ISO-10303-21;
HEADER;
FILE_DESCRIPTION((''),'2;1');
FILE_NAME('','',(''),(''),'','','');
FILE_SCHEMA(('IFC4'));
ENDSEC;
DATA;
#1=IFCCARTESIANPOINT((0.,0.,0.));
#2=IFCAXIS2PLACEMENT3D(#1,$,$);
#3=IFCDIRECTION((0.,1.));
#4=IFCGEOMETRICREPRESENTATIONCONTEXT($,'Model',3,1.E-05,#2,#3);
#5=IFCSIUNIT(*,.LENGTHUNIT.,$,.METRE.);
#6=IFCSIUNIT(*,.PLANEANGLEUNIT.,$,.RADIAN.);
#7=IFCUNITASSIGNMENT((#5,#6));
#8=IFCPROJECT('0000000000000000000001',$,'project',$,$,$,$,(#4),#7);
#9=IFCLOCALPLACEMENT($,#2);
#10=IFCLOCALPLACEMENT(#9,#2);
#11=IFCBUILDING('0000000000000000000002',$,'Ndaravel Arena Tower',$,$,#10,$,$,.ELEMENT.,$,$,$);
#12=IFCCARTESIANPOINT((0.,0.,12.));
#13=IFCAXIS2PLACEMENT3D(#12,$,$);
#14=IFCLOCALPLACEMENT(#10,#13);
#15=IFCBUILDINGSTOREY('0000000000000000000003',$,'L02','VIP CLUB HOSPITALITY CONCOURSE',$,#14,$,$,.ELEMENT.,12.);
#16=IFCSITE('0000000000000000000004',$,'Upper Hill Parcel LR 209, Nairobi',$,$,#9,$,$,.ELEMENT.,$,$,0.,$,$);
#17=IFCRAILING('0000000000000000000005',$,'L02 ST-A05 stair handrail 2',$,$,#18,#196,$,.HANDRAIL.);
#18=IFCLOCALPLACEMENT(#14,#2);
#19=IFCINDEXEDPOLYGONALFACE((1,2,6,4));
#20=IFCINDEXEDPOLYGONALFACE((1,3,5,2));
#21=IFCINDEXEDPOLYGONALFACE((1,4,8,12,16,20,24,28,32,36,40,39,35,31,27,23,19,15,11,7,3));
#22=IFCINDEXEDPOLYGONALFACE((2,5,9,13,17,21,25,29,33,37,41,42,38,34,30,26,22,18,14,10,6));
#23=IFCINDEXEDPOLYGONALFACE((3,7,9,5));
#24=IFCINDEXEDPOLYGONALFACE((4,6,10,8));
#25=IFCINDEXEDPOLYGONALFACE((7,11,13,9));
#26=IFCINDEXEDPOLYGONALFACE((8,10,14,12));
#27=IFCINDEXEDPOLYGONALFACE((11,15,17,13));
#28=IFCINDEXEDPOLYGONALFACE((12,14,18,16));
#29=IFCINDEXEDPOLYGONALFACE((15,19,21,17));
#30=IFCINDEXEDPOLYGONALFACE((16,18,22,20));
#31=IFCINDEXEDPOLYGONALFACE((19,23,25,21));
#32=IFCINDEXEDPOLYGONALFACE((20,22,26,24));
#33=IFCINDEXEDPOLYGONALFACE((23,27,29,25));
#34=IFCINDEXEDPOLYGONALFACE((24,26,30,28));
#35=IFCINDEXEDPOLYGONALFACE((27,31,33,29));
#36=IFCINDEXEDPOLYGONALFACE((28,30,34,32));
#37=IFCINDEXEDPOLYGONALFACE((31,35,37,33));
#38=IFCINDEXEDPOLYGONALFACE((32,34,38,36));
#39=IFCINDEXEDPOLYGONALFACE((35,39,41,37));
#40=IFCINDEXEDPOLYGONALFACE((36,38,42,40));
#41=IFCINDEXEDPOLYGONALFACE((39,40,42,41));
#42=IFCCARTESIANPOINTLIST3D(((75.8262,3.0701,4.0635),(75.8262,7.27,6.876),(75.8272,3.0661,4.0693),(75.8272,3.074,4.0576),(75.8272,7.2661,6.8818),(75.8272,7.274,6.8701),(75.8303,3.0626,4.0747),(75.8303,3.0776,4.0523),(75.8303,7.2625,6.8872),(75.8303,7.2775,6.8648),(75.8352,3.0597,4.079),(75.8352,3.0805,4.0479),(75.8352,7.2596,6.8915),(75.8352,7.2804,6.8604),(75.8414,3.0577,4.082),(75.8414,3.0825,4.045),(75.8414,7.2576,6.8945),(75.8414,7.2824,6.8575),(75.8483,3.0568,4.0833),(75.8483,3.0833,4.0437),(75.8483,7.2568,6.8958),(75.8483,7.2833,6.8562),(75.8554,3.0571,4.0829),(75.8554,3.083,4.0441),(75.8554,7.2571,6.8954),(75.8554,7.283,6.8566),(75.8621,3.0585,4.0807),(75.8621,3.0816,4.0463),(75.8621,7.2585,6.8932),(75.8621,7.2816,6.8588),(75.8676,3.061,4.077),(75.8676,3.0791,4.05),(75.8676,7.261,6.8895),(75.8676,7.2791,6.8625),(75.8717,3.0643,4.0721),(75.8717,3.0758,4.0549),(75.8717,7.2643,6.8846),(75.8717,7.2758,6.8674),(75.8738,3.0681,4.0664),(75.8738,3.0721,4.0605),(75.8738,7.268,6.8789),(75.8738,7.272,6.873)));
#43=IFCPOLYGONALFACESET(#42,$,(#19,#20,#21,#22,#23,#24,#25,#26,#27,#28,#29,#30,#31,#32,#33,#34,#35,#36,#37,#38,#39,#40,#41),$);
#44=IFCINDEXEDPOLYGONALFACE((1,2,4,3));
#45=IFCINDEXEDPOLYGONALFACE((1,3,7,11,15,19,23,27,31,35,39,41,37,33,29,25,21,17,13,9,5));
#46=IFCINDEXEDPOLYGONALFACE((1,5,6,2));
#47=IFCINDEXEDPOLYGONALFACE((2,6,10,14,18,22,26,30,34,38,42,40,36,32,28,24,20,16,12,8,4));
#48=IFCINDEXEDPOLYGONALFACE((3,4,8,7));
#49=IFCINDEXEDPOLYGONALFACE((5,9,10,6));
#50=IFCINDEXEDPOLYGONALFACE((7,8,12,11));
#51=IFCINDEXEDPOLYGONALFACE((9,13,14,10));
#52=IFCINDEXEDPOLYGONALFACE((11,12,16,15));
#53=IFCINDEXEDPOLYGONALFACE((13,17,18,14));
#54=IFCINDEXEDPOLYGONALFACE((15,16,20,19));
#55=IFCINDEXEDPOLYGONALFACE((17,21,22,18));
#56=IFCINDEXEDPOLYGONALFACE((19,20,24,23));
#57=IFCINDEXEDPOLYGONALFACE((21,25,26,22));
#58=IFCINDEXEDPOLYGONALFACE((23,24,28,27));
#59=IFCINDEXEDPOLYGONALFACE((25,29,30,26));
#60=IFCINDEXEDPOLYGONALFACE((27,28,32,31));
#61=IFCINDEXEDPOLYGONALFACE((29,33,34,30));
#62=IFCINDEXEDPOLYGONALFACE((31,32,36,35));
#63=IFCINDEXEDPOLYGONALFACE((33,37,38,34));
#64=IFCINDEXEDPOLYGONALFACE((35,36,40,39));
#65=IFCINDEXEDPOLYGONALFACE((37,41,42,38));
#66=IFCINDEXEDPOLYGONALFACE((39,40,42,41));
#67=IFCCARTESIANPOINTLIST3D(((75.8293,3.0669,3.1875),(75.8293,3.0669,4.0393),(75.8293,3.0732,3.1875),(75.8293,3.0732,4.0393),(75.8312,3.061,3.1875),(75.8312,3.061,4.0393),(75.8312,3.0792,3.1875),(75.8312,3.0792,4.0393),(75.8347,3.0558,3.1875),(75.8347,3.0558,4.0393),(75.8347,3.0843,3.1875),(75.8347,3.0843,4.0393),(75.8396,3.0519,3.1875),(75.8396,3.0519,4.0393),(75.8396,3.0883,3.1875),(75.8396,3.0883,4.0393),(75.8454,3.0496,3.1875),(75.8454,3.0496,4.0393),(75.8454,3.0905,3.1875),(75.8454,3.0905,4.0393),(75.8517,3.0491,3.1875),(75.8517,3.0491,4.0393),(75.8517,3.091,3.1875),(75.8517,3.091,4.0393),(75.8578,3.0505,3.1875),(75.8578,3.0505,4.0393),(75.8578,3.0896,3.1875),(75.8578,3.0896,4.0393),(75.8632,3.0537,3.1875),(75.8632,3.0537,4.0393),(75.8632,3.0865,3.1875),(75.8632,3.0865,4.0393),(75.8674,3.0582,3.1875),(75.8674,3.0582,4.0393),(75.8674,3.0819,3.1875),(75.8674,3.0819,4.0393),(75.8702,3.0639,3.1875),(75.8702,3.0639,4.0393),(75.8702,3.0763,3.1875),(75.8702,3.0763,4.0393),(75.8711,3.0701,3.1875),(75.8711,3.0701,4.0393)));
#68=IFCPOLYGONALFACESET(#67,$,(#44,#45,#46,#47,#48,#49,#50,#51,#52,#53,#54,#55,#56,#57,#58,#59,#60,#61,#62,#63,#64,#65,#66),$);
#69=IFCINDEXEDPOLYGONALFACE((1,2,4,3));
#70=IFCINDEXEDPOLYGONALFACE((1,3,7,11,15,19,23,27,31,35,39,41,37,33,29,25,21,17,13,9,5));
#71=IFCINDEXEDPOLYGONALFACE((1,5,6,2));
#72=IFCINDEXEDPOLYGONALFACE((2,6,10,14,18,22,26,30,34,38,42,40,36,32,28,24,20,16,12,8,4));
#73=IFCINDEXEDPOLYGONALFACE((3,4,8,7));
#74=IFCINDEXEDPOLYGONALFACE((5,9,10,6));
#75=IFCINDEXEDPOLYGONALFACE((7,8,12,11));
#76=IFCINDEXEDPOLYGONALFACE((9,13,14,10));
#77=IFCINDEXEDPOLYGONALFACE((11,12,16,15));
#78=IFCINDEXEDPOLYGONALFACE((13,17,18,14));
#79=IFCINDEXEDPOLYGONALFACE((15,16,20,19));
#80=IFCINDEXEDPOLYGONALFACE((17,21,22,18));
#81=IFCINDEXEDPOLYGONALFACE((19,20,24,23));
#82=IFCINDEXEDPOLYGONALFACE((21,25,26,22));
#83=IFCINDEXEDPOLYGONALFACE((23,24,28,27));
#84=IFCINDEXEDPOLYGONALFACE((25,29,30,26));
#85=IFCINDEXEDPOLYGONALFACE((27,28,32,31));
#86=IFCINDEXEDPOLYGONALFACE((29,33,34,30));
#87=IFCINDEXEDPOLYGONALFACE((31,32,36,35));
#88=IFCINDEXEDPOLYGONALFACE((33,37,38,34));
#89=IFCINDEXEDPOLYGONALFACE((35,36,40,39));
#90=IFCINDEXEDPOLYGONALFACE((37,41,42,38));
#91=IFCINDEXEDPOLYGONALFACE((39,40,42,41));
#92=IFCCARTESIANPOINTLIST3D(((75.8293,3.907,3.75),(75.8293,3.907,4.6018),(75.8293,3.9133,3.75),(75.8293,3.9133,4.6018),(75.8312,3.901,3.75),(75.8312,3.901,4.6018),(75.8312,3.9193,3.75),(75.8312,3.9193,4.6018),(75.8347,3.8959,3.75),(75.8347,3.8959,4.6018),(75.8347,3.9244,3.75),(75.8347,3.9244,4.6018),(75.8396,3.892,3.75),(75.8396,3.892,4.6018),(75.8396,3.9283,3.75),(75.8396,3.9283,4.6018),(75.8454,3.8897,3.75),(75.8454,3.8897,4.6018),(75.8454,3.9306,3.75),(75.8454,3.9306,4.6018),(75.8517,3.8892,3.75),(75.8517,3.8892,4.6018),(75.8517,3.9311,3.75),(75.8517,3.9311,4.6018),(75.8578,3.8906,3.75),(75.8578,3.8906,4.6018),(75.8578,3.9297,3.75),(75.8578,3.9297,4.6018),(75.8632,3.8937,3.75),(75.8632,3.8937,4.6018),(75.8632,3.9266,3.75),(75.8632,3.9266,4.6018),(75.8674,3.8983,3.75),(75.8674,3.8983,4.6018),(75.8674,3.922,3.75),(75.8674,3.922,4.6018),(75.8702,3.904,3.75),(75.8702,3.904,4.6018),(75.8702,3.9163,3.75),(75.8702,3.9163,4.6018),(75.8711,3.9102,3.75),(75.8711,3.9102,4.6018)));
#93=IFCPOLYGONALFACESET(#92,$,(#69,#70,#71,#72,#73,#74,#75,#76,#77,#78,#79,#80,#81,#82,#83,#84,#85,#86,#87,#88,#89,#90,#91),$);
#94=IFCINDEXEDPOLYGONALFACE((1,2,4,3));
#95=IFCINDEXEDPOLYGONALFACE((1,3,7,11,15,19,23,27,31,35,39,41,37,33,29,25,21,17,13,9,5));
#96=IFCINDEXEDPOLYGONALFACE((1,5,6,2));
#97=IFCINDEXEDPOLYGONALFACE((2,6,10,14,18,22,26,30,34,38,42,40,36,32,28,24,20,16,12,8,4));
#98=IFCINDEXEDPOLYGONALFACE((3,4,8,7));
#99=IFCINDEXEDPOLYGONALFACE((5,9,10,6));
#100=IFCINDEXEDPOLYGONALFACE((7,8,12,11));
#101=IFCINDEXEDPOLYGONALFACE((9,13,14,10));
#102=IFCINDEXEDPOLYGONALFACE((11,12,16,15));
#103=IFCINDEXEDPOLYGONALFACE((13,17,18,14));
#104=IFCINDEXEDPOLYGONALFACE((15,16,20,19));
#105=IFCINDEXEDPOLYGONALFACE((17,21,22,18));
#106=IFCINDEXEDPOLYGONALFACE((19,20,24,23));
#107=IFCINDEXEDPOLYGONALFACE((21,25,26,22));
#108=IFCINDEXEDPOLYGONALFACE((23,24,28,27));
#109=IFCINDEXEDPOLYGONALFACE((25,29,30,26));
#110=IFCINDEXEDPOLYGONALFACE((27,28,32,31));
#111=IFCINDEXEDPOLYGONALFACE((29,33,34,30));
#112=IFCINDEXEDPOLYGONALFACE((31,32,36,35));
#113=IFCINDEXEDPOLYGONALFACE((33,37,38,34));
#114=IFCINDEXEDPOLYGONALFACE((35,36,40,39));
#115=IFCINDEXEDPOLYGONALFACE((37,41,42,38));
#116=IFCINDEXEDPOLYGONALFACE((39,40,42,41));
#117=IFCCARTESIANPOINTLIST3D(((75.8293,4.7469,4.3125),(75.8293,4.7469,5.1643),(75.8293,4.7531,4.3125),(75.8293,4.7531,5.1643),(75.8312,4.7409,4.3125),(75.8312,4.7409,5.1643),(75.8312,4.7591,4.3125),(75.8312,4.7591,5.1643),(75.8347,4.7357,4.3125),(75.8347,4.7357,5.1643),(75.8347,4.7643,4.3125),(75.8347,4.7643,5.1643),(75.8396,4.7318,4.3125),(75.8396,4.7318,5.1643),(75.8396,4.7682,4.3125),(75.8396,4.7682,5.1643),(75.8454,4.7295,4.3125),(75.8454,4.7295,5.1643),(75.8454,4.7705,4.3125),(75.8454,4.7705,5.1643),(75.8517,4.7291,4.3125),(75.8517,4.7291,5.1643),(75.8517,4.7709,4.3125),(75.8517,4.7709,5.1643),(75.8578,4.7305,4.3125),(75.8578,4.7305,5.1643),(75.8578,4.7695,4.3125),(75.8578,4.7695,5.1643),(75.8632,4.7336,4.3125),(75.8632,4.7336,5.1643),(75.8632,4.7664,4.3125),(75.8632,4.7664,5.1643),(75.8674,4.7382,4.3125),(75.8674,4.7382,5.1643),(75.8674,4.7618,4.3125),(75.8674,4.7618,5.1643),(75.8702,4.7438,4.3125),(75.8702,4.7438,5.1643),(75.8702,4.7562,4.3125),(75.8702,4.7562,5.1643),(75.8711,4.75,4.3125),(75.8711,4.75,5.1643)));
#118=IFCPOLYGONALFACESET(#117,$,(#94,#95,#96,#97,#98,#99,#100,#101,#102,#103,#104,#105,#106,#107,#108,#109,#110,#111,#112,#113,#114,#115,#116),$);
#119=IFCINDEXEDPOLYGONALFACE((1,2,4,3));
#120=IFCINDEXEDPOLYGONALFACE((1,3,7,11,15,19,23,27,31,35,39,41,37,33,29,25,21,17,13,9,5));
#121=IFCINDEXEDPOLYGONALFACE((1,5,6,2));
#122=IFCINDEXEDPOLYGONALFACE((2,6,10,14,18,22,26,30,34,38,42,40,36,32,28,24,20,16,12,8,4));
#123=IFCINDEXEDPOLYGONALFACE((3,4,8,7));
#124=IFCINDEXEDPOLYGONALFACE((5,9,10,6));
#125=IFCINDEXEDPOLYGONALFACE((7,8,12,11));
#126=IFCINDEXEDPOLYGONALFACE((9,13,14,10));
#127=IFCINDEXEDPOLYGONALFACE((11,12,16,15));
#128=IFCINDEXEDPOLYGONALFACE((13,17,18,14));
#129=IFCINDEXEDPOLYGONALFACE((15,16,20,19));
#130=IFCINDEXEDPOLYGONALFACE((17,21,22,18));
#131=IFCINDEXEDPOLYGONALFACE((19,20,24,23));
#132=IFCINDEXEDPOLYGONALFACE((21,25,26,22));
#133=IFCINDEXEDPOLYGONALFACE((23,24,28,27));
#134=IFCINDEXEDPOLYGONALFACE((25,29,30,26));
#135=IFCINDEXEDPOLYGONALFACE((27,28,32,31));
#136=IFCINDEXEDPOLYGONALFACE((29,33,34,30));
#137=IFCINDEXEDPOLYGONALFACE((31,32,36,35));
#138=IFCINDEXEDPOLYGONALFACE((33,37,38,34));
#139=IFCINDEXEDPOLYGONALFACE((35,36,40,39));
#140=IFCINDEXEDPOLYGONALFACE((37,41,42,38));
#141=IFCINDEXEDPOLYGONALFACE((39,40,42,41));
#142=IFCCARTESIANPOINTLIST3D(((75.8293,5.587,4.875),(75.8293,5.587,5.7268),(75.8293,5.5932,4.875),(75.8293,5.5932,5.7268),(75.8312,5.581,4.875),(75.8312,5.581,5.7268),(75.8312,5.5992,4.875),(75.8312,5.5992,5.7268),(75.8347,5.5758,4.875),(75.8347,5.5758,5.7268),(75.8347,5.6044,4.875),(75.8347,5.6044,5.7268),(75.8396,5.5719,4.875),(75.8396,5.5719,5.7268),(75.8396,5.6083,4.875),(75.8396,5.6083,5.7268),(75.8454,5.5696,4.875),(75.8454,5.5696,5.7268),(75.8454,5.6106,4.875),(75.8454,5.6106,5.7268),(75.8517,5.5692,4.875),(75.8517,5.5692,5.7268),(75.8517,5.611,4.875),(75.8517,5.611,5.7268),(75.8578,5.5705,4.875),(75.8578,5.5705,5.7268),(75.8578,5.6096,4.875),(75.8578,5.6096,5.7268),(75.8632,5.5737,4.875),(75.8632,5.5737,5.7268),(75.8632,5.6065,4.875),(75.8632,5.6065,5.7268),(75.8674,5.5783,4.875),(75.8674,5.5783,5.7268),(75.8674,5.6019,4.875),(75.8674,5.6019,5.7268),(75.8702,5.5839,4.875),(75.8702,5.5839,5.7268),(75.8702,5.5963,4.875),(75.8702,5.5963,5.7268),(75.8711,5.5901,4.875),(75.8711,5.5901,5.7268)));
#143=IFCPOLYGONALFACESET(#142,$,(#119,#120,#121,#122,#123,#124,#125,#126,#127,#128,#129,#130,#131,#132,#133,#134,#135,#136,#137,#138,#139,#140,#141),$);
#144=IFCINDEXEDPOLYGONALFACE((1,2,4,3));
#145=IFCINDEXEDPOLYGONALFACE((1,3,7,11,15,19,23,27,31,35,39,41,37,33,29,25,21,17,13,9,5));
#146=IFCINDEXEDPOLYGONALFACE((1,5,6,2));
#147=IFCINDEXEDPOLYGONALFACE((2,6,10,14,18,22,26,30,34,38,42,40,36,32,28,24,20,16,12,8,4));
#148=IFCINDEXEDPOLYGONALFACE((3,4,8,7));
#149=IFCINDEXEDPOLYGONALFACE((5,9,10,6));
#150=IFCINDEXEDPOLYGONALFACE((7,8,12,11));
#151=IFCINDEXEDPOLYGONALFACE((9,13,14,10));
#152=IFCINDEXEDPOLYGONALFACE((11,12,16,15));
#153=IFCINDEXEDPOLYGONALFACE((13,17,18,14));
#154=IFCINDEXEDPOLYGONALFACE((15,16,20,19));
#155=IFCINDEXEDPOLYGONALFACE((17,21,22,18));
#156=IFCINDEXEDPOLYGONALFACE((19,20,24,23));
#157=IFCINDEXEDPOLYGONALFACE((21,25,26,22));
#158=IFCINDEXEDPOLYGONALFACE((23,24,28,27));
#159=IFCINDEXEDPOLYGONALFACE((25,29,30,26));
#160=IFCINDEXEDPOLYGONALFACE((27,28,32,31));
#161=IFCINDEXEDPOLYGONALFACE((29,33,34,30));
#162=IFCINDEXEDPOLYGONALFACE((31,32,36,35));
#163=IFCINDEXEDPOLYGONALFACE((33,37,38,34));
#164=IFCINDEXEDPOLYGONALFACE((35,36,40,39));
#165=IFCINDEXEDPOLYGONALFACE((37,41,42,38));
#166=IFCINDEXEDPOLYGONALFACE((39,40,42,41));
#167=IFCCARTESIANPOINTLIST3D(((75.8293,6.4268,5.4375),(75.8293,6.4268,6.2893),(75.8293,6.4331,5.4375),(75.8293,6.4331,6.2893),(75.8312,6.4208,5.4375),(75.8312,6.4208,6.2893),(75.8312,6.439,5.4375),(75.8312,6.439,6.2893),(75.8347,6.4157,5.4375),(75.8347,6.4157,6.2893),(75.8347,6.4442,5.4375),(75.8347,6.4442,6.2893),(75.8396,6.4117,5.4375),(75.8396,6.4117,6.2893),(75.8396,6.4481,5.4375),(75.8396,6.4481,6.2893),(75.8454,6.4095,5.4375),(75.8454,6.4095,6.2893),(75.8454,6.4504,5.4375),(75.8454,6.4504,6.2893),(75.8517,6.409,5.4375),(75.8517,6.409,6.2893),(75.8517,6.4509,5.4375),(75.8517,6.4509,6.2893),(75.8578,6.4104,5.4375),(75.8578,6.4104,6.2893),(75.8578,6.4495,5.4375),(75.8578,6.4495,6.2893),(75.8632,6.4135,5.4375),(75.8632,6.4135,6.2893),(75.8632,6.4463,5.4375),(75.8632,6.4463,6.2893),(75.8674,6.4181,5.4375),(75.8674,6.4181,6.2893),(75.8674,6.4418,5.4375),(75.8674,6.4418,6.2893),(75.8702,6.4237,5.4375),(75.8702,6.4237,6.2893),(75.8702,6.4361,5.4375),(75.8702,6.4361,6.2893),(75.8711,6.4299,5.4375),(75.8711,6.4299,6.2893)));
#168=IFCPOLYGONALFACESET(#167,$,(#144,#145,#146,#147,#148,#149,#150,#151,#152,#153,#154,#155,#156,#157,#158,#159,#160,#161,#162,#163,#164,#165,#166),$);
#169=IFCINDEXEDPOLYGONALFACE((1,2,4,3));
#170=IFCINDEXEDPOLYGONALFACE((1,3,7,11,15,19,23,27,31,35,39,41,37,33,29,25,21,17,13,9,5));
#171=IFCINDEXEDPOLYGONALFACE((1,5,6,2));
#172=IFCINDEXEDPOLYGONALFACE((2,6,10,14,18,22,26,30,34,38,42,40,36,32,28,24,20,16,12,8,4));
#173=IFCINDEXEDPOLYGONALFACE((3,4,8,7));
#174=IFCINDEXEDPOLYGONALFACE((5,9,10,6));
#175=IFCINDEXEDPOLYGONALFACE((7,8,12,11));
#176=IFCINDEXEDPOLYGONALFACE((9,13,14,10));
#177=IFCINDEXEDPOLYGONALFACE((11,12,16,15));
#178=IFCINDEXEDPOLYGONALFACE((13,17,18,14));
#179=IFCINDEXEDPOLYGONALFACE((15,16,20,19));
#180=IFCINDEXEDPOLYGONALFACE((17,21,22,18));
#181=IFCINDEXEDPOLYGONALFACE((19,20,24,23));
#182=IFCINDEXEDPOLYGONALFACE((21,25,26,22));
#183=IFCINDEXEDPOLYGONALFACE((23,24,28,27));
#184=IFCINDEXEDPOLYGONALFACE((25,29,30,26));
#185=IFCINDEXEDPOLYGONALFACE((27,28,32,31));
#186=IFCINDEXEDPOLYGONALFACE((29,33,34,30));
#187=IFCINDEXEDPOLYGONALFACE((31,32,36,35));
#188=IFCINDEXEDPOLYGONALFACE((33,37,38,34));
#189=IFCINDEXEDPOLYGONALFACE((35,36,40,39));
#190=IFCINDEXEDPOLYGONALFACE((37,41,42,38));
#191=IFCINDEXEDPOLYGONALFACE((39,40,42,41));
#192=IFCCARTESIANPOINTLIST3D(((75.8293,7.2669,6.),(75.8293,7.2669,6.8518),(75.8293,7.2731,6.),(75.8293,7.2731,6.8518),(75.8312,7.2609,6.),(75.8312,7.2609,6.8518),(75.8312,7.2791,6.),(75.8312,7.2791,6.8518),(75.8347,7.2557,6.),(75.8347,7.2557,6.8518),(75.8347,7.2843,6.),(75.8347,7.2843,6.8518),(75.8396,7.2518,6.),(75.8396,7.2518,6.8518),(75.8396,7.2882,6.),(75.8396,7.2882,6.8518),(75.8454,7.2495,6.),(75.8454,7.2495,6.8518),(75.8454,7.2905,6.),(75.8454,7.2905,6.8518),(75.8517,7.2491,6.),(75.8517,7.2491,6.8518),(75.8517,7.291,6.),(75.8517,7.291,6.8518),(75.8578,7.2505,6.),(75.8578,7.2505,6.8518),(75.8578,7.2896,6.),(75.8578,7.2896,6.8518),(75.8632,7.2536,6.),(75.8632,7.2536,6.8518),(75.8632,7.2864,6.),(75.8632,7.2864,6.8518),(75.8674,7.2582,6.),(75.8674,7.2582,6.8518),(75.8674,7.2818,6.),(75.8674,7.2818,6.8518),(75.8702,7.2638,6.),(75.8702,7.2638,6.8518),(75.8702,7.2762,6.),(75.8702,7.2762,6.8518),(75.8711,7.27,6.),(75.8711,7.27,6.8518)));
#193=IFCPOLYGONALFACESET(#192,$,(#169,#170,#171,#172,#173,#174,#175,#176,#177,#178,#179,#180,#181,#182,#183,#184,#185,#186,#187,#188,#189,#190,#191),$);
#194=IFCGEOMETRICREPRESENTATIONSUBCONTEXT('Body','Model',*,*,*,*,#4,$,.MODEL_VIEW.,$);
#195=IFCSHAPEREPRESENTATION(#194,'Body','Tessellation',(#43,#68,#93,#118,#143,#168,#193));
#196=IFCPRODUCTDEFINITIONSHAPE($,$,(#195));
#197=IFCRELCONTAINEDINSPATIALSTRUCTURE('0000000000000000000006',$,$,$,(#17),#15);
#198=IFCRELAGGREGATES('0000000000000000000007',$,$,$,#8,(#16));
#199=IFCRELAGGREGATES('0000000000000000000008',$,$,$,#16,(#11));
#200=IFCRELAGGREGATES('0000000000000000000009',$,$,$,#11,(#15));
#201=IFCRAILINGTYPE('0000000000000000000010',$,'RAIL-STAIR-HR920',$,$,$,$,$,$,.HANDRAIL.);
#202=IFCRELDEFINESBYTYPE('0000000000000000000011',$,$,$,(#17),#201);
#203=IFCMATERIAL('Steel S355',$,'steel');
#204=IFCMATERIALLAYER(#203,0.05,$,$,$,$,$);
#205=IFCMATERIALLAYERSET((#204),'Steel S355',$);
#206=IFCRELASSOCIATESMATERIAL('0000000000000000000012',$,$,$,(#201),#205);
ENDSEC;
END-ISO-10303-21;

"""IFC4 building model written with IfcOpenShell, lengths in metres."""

from ifc_helpers import new_model, si_unit, direction, frame, origin, origin_2d, place, context, subcontext, project, spatial, circle, extrude, material, layer, layer_set, type_object, element, save


model = new_model("IFC4")

# Units and contexts
model_context = context("Model", 3, precision=1e-05, world=origin(), true_north=direction((0.0, 1.0)))
body_context = subcontext(model_context, "Body", "Model", "MODEL_VIEW")
ifc_project = project(units=[si_unit("LENGTHUNIT", "METRE"), si_unit("PLANEANGLEUNIT", "RADIAN")], contexts=[model_context])

# Site, building, storey
site_placement = place(None, origin())
site = spatial("IfcSite", under=ifc_project, at=site_placement, Name="Upper Hill Parcel LR 209, Nairobi", CompositionType="ELEMENT", RefElevation=0.0)
building_placement = place(site_placement, origin())
building = spatial("IfcBuilding", under=site, at=building_placement, Name="Ndaravel Arena Tower", CompositionType="ELEMENT")
storey_placement = place(building_placement, frame((0.0, 0.0, 12.0)))
storey = spatial("IfcBuildingStorey", under=building, at=storey_placement, Name="L02", Description="VIP CLUB HOSPITALITY CONCOURSE", CompositionType="ELEMENT", Elevation=12.0)

# Railing
ifc_material_1 = material(Name="Steel S355", Category="steel")
ifc_layer_1 = layer(ifc_material_1, 0.05)
ifc_layer_set_1 = layer_set([ifc_layer_1], Name="Steel S355")
railing_type_1 = type_object("IfcRailingType", Name="RAIL-STAIR-HR920", PredefinedType="HANDRAIL", material=ifc_layer_set_1)
railing_1_placement = place(storey_placement, frame((75.8501, 3.0701, 3.1875)))
element("IfcRailing", 1, at=railing_1_placement, inside=storey, type_object=railing_type_1, Name="L02 ST-A05 stair handrail 2", PredefinedType="HANDRAIL", context=body_context, shape_type="SweptSolid", body=[
    extrude(circle(Radius=0.0239, at=origin_2d()), frame((0.0, 0.0, 0.876), z_axis=(0.0, 0.830904, 0.556416), x_axis=(-1.0, 0.0, 0.0)), (0.0, 0.0, 1.0), 5.0547),
    extrude(circle(Radius=0.021, at=origin_2d()), origin(), (0.0, 0.0, 1.0), 0.8518),
    extrude(circle(Radius=0.021, at=origin_2d()), frame((0.0, 0.8401, 0.5625)), (0.0, 0.0, 1.0), 0.8518),
    extrude(circle(Radius=0.021, at=origin_2d()), frame((0.0, 1.6799, 1.125)), (0.0, 0.0, 1.0), 0.8518),
    extrude(circle(Radius=0.021, at=origin_2d()), frame((0.0, 2.52, 1.6875)), (0.0, 0.0, 1.0), 0.8518),
    extrude(circle(Radius=0.021, at=origin_2d()), frame((0.0, 3.3599, 2.25)), (0.0, 0.0, 1.0), 0.8518),
    extrude(circle(Radius=0.021, at=origin_2d()), frame((0.0, 4.2, 2.8125)), (0.0, 0.0, 1.0), 0.8518),
])

save(model, "model.ifc")
